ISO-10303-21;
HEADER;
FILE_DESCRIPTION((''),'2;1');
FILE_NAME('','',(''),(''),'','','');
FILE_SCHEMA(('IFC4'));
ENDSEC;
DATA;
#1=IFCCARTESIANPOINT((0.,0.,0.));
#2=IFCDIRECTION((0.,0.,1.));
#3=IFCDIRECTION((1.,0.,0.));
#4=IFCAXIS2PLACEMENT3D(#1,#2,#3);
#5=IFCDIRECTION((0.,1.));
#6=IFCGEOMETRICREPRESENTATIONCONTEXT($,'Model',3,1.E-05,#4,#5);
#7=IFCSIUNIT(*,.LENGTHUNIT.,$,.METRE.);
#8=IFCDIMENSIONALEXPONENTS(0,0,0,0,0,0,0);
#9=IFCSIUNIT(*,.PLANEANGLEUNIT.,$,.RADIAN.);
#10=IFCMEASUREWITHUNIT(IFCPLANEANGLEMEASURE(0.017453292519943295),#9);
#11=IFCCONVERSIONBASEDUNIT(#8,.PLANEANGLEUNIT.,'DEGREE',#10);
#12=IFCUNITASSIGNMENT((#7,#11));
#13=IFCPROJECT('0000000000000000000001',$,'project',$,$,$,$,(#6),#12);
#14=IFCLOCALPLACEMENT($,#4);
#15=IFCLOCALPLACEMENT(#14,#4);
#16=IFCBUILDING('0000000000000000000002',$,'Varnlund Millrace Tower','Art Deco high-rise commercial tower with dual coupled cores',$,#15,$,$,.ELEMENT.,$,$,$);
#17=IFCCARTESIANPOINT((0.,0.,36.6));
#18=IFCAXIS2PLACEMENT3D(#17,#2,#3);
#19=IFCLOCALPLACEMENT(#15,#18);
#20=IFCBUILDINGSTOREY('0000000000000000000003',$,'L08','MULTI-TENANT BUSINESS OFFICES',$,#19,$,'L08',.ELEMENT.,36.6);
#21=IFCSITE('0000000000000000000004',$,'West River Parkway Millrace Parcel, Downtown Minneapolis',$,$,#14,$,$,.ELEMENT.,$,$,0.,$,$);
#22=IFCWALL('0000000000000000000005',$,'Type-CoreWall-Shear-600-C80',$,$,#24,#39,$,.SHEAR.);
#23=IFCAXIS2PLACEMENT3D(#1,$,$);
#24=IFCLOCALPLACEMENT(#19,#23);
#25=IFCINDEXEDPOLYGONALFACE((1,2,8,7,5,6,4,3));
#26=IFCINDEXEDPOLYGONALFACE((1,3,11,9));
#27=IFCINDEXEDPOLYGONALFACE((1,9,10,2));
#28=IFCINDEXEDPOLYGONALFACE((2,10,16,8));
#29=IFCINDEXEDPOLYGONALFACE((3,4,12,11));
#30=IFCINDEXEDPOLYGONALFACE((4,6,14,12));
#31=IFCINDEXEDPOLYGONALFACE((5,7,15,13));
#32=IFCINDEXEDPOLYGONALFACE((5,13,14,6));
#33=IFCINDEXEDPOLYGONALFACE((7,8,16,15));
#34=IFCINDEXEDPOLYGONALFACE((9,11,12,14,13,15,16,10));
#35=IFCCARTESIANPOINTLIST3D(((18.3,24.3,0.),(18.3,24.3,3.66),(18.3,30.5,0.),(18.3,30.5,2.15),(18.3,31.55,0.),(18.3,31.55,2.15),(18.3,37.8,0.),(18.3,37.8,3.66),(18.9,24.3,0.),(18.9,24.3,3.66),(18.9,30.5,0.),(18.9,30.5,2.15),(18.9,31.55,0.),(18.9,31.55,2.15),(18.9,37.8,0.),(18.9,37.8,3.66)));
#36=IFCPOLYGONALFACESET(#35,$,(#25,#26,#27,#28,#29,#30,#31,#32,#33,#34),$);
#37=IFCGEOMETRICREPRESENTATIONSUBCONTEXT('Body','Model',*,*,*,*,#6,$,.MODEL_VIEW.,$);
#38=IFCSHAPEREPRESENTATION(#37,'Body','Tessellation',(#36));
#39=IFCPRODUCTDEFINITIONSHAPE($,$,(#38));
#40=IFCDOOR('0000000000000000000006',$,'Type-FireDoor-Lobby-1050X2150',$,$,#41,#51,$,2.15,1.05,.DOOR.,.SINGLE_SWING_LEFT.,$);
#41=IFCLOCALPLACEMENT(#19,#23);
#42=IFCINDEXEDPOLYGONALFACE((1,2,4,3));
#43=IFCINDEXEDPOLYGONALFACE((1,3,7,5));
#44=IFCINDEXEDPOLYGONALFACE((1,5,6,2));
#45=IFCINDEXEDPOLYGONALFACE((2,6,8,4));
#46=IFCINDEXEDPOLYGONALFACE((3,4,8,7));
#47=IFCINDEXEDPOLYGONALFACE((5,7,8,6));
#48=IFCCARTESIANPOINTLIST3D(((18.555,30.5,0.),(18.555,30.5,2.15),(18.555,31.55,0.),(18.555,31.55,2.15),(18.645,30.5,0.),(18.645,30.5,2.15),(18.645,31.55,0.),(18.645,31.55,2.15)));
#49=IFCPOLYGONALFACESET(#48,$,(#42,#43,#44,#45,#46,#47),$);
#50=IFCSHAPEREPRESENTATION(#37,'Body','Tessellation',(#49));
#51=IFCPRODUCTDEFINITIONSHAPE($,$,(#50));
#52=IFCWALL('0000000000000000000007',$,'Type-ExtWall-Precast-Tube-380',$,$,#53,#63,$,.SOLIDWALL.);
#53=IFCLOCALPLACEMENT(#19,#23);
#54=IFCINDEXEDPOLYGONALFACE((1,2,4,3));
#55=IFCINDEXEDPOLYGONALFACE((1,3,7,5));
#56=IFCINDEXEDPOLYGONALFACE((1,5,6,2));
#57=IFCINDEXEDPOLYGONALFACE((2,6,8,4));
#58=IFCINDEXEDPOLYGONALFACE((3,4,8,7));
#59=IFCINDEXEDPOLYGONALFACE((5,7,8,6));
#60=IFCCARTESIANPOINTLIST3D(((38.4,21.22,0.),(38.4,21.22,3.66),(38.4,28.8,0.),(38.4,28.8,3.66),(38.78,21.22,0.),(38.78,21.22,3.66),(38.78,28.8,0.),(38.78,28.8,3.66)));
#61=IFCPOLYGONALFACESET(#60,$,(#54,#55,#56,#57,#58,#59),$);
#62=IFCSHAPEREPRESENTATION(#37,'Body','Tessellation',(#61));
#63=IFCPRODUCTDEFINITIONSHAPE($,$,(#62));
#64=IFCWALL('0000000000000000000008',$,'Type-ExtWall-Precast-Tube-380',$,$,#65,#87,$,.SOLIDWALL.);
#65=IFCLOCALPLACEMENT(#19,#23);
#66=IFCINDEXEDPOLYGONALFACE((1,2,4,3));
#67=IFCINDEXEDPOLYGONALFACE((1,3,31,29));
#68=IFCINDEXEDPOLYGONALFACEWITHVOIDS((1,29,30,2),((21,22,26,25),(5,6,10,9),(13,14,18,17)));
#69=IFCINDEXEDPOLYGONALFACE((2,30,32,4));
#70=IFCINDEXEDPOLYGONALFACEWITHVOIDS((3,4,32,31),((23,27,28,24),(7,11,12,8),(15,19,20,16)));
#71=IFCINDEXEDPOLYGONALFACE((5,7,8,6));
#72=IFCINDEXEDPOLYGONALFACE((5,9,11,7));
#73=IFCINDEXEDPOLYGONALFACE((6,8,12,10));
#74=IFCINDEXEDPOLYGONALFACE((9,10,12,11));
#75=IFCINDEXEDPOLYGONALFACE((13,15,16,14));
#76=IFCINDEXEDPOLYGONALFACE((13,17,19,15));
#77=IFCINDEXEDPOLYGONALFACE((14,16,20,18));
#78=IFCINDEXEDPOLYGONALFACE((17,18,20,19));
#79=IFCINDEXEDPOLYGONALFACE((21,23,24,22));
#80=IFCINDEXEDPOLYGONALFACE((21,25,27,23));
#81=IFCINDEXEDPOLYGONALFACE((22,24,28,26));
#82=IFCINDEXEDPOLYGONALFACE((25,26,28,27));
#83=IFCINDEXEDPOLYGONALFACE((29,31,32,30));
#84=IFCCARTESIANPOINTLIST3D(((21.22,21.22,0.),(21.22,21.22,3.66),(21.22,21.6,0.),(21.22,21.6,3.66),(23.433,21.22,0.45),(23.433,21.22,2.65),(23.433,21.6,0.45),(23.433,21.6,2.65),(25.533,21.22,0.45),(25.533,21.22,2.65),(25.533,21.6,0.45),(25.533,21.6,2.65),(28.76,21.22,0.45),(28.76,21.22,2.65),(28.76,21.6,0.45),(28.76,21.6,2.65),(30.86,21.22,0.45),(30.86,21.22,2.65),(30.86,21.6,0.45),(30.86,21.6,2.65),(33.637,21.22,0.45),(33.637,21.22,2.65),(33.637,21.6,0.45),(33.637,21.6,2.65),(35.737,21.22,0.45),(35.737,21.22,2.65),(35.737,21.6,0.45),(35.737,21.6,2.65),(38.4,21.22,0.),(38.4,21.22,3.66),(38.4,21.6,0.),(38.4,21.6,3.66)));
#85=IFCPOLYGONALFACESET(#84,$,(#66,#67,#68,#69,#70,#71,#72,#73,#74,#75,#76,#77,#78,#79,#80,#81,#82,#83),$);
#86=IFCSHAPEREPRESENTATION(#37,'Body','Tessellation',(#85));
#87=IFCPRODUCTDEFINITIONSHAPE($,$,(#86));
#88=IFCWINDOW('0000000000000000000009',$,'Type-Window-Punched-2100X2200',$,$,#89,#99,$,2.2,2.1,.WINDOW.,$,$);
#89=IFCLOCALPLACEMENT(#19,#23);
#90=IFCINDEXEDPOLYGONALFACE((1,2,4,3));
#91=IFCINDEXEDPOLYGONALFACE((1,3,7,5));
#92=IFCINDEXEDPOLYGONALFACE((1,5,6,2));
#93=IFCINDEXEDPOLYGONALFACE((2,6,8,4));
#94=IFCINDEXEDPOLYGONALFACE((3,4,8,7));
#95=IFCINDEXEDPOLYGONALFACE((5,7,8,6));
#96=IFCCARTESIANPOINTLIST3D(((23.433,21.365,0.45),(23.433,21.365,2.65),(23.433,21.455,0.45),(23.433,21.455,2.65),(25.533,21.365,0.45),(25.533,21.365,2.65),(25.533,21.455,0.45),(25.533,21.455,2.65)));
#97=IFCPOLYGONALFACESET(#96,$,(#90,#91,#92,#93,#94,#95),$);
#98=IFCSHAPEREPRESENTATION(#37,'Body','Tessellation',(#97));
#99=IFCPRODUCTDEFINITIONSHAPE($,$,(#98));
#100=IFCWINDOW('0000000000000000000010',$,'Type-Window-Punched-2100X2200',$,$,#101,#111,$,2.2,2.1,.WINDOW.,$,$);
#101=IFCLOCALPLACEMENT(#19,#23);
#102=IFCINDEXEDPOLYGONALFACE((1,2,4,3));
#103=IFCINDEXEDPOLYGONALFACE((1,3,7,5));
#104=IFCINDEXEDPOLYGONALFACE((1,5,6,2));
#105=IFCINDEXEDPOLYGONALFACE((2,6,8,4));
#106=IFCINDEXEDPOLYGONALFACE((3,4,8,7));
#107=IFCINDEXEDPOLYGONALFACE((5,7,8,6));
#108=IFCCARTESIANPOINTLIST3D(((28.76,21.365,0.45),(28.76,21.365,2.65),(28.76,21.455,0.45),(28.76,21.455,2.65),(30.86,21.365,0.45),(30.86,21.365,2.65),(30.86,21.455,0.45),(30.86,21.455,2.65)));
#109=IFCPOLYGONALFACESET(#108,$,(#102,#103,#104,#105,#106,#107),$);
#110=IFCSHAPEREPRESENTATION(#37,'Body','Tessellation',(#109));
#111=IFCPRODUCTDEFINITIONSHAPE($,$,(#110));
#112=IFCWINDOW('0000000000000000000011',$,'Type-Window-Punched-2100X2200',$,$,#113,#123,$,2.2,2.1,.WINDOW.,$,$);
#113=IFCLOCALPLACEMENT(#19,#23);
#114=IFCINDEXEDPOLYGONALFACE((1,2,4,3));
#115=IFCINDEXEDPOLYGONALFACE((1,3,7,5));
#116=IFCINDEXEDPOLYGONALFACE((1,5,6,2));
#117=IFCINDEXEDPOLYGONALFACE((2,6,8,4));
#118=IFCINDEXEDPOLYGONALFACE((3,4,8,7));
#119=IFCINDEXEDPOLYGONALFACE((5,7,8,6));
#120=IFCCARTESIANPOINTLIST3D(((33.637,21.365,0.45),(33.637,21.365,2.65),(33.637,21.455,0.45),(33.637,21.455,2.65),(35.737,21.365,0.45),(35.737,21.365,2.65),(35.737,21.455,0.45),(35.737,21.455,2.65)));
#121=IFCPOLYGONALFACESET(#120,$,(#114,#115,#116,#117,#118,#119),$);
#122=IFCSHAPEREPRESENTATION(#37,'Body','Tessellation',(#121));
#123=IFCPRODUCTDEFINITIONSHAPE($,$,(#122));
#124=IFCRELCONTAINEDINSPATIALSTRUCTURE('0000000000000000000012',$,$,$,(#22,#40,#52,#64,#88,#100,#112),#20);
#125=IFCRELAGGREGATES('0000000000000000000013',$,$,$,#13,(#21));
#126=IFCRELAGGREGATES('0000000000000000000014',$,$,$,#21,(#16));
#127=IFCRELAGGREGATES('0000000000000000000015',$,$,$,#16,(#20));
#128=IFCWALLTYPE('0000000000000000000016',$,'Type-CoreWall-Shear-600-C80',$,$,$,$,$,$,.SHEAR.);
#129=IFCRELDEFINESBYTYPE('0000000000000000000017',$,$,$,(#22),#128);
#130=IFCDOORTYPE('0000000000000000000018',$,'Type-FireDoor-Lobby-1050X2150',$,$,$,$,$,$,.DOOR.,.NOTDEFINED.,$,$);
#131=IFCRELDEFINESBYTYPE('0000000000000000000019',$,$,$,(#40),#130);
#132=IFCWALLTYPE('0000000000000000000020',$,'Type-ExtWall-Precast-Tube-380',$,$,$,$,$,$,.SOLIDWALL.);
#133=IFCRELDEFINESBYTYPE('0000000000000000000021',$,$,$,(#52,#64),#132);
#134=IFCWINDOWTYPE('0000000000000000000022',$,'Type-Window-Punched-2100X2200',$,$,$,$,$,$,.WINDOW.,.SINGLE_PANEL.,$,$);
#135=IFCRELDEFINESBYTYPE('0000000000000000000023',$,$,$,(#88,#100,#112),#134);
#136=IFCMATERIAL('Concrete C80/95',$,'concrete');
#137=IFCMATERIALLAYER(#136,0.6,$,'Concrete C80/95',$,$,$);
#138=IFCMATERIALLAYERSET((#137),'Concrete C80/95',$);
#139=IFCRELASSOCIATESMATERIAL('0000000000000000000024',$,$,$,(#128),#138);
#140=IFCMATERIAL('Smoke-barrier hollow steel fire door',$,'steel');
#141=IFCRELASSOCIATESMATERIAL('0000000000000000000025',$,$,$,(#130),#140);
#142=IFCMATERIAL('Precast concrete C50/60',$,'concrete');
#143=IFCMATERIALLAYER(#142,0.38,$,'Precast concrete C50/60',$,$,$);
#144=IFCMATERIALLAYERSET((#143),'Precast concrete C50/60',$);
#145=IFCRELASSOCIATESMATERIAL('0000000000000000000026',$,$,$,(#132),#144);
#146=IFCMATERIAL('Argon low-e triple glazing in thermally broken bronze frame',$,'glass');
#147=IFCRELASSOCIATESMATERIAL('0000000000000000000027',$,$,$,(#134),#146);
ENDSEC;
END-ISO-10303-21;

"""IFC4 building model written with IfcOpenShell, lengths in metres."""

from ifc_helpers import new_model, entity, si_unit, converted_unit, direction, frame, origin_with_axes, origin_2d_with_axis, place, context, subcontext, project, spatial, polyline, rectangle, outline, extrude, material, layer, layer_set, type_object, element, fill, save


model = new_model("IFC4")

# Units and contexts
model_context = context("Model", 3, precision=1e-05, world=origin_with_axes(), true_north=direction((0.0, 1.0)))
body_context = subcontext(model_context, "Body", "Model", "MODEL_VIEW")
ifc_project = project(units=[si_unit("LENGTHUNIT", "METRE"), converted_unit("PLANEANGLEUNIT", "DEGREE", entity("IfcPlaneAngleMeasure", 0.017453292519943295), si_unit("PLANEANGLEUNIT", "RADIAN"), dimensions=[0, 0, 0, 0, 0, 0, 0])], contexts=[model_context])

# Site, building, storey
site_placement = place(None, origin_with_axes())
site = spatial("IfcSite", under=ifc_project, at=site_placement, Name="West River Parkway Millrace Parcel, Downtown Minneapolis", CompositionType="ELEMENT", RefElevation=0.0)
building_placement = place(site_placement, origin_with_axes())
building = spatial("IfcBuilding", under=site, at=building_placement, Name="Varnlund Millrace Tower", Description="Art Deco high-rise commercial tower with dual coupled cores", CompositionType="ELEMENT")
storey_placement = place(building_placement, frame((0.0, 0.0, 36.6), z_axis=(0.0, 0.0, 1.0), x_axis=(1.0, 0.0, 0.0)))
storey = spatial("IfcBuildingStorey", under=building, at=storey_placement, Name="L08", Description="MULTI-TENANT BUSINESS OFFICES", LongName="L08", CompositionType="ELEMENT", Elevation=36.6)

# Shared definitions
ifc_material_1 = material(Name="Concrete C80/95", Category="concrete")

# Wall, opening, door
ifc_layer_1 = layer(ifc_material_1, 0.6, Name="Concrete C80/95")
ifc_layer_set_1 = layer_set([ifc_layer_1], Name="Concrete C80/95")
wall_type_1 = type_object("IfcWallType", Name="Type-CoreWall-Shear-600-C80", PredefinedType="SHEAR", material=ifc_layer_set_1)
wall_1_placement = place(storey_placement, frame((18.6, 24.3, 0.0), z_axis=(0.0, 0.0, 1.0), x_axis=(0.0, 1.0, 0.0)))
wall_1 = element("IfcWall", 1, at=wall_1_placement, inside=storey, type_object=wall_type_1, Name="Type-CoreWall-Shear-600-C80", PredefinedType="SHEAR", context=body_context, shape_type="SweptSolid", body=[
    extrude(outline(polyline([(0.0, -0.3), (13.5, -0.3), (13.5, 0.3), (0.0, 0.3), (0.0, -0.3)])), origin_with_axes(), (0.0, 0.0, 1.0), 3.66),
])
opening_1_placement = place(wall_1_placement, frame((6.725, 0.0, 0.0), z_axis=(0.0, 0.0, 1.0), x_axis=(1.0, 0.0, 0.0)))
opening_1 = element("IfcOpeningElement", 2, at=opening_1_placement, cuts=wall_1, PredefinedType="OPENING", context=body_context, shape_type="SweptSolid", body=[
    extrude(rectangle(XDim=1.05, YDim=0.62, at=origin_2d_with_axis()), origin_with_axes(), (0.0, 0.0, 1.0), 2.15),
])
ifc_material_2 = material(Name="Smoke-barrier hollow steel fire door", Category="steel")
door_type_1 = type_object("IfcDoorType", Name="Type-FireDoor-Lobby-1050X2150", OperationType="NOTDEFINED", PredefinedType="DOOR", material=ifc_material_2)
door_1_placement = place(wall_1_placement, frame((6.725, 0.0, 0.0), z_axis=(0.0, 0.0, 1.0), x_axis=(1.0, 0.0, 0.0)))
door_1 = element("IfcDoor", 3, at=door_1_placement, inside=storey, type_object=door_type_1, Name="Type-FireDoor-Lobby-1050X2150", OperationType="SINGLE_SWING_LEFT", OverallHeight=2.15, OverallWidth=1.05, PredefinedType="DOOR", context=body_context, shape_type="SweptSolid", body=[
    extrude(rectangle(XDim=1.05, YDim=0.09, at=origin_2d_with_axis()), origin_with_axes(), (0.0, 0.0, 1.0), 2.15),
])
fill(opening_1, door_1)

# Wall
ifc_material_3 = material(Name="Precast concrete C50/60", Category="concrete")
ifc_layer_2 = layer(ifc_material_3, 0.38, Name="Precast concrete C50/60")
ifc_layer_set_2 = layer_set([ifc_layer_2], Name="Precast concrete C50/60")
wall_type_2 = type_object("IfcWallType", Name="Type-ExtWall-Precast-Tube-380", PredefinedType="SOLIDWALL", material=ifc_layer_set_2)
wall_2_placement = place(storey_placement, frame((38.59, 21.22, 0.0), z_axis=(0.0, 0.0, 1.0), x_axis=(0.0, 1.0, 0.0)))
element("IfcWall", 4, at=wall_2_placement, inside=storey, type_object=wall_type_2, Name="Type-ExtWall-Precast-Tube-380", PredefinedType="SOLIDWALL", context=body_context, shape_type="SweptSolid", body=[
    extrude(outline(polyline([(0.0, -0.19), (7.58, -0.19), (7.58, 0.19), (0.0, 0.19), (0.0, -0.19)])), origin_with_axes(), (0.0, 0.0, 1.0), 3.66),
])

# Wall, openings, windows
wall_3_placement = place(storey_placement, frame((21.22, 21.41, 0.0), z_axis=(0.0, 0.0, 1.0), x_axis=(1.0, 0.0, 0.0)))
wall_3 = element("IfcWall", 5, at=wall_3_placement, inside=storey, type_object=wall_type_2, Name="Type-ExtWall-Precast-Tube-380", PredefinedType="SOLIDWALL", context=body_context, shape_type="SweptSolid", body=[
    extrude(outline(polyline([(0.0, -0.19), (17.18, -0.19), (17.18, 0.19), (0.0, 0.19), (0.0, -0.19)])), origin_with_axes(), (0.0, 0.0, 1.0), 3.66),
])
opening_2_placement = place(wall_3_placement, frame((3.263, 0.0, 0.45), z_axis=(0.0, 0.0, 1.0), x_axis=(1.0, 0.0, 0.0)))
opening_2 = element("IfcOpeningElement", 6, at=opening_2_placement, cuts=wall_3, PredefinedType="OPENING", context=body_context, shape_type="SweptSolid", body=[
    extrude(rectangle(XDim=2.1, YDim=0.4, at=origin_2d_with_axis()), origin_with_axes(), (0.0, 0.0, 1.0), 2.2),
])
opening_3_placement = place(wall_3_placement, frame((8.59, 0.0, 0.45), z_axis=(0.0, 0.0, 1.0), x_axis=(1.0, 0.0, 0.0)))
opening_3 = element("IfcOpeningElement", 7, at=opening_3_placement, cuts=wall_3, PredefinedType="OPENING", context=body_context, shape_type="SweptSolid", body=[
    extrude(rectangle(XDim=2.1, YDim=0.4, at=origin_2d_with_axis()), origin_with_axes(), (0.0, 0.0, 1.0), 2.2),
])
opening_4_placement = place(wall_3_placement, frame((13.467, 0.0, 0.45), z_axis=(0.0, 0.0, 1.0), x_axis=(1.0, 0.0, 0.0)))
opening_4 = element("IfcOpeningElement", 8, at=opening_4_placement, cuts=wall_3, PredefinedType="OPENING", context=body_context, shape_type="SweptSolid", body=[
    extrude(rectangle(XDim=2.1, YDim=0.4, at=origin_2d_with_axis()), origin_with_axes(), (0.0, 0.0, 1.0), 2.2),
])
ifc_material_4 = material(Name="Argon low-e triple glazing in thermally broken bronze frame", Category="glass")
window_type = type_object("IfcWindowType", Name="Type-Window-Punched-2100X2200", PartitioningType="SINGLE_PANEL", PredefinedType="WINDOW", material=ifc_material_4)
window_1_placement = place(wall_3_placement, frame((3.263, 0.0, 0.45), z_axis=(0.0, 0.0, 1.0), x_axis=(1.0, 0.0, 0.0)))
window_1 = element("IfcWindow", 9, at=window_1_placement, inside=storey, type_object=window_type, Name="Type-Window-Punched-2100X2200", OverallHeight=2.2, OverallWidth=2.1, PredefinedType="WINDOW", context=body_context, shape_type="SweptSolid", body=[
    extrude(rectangle(XDim=2.1, YDim=0.09, at=origin_2d_with_axis()), origin_with_axes(), (0.0, 0.0, 1.0), 2.2),
])
fill(opening_2, window_1)
window_2_placement = place(wall_3_placement, frame((8.59, 0.0, 0.45), z_axis=(0.0, 0.0, 1.0), x_axis=(1.0, 0.0, 0.0)))
window_2 = element("IfcWindow", 10, at=window_2_placement, inside=storey, type_object=window_type, Name="Type-Window-Punched-2100X2200", OverallHeight=2.2, OverallWidth=2.1, PredefinedType="WINDOW", context=body_context, shape_type="SweptSolid", body=[
    extrude(rectangle(XDim=2.1, YDim=0.09, at=origin_2d_with_axis()), origin_with_axes(), (0.0, 0.0, 1.0), 2.2),
])
fill(opening_3, window_2)
window_3_placement = place(wall_3_placement, frame((13.467, 0.0, 0.45), z_axis=(0.0, 0.0, 1.0), x_axis=(1.0, 0.0, 0.0)))
window_3 = element("IfcWindow", 11, at=window_3_placement, inside=storey, type_object=window_type, Name="Type-Window-Punched-2100X2200", OverallHeight=2.2, OverallWidth=2.1, PredefinedType="WINDOW", context=body_context, shape_type="SweptSolid", body=[
    extrude(rectangle(XDim=2.1, YDim=0.09, at=origin_2d_with_axis()), origin_with_axes(), (0.0, 0.0, 1.0), 2.2),
])
fill(opening_4, window_3)

save(model, "model.ifc")
